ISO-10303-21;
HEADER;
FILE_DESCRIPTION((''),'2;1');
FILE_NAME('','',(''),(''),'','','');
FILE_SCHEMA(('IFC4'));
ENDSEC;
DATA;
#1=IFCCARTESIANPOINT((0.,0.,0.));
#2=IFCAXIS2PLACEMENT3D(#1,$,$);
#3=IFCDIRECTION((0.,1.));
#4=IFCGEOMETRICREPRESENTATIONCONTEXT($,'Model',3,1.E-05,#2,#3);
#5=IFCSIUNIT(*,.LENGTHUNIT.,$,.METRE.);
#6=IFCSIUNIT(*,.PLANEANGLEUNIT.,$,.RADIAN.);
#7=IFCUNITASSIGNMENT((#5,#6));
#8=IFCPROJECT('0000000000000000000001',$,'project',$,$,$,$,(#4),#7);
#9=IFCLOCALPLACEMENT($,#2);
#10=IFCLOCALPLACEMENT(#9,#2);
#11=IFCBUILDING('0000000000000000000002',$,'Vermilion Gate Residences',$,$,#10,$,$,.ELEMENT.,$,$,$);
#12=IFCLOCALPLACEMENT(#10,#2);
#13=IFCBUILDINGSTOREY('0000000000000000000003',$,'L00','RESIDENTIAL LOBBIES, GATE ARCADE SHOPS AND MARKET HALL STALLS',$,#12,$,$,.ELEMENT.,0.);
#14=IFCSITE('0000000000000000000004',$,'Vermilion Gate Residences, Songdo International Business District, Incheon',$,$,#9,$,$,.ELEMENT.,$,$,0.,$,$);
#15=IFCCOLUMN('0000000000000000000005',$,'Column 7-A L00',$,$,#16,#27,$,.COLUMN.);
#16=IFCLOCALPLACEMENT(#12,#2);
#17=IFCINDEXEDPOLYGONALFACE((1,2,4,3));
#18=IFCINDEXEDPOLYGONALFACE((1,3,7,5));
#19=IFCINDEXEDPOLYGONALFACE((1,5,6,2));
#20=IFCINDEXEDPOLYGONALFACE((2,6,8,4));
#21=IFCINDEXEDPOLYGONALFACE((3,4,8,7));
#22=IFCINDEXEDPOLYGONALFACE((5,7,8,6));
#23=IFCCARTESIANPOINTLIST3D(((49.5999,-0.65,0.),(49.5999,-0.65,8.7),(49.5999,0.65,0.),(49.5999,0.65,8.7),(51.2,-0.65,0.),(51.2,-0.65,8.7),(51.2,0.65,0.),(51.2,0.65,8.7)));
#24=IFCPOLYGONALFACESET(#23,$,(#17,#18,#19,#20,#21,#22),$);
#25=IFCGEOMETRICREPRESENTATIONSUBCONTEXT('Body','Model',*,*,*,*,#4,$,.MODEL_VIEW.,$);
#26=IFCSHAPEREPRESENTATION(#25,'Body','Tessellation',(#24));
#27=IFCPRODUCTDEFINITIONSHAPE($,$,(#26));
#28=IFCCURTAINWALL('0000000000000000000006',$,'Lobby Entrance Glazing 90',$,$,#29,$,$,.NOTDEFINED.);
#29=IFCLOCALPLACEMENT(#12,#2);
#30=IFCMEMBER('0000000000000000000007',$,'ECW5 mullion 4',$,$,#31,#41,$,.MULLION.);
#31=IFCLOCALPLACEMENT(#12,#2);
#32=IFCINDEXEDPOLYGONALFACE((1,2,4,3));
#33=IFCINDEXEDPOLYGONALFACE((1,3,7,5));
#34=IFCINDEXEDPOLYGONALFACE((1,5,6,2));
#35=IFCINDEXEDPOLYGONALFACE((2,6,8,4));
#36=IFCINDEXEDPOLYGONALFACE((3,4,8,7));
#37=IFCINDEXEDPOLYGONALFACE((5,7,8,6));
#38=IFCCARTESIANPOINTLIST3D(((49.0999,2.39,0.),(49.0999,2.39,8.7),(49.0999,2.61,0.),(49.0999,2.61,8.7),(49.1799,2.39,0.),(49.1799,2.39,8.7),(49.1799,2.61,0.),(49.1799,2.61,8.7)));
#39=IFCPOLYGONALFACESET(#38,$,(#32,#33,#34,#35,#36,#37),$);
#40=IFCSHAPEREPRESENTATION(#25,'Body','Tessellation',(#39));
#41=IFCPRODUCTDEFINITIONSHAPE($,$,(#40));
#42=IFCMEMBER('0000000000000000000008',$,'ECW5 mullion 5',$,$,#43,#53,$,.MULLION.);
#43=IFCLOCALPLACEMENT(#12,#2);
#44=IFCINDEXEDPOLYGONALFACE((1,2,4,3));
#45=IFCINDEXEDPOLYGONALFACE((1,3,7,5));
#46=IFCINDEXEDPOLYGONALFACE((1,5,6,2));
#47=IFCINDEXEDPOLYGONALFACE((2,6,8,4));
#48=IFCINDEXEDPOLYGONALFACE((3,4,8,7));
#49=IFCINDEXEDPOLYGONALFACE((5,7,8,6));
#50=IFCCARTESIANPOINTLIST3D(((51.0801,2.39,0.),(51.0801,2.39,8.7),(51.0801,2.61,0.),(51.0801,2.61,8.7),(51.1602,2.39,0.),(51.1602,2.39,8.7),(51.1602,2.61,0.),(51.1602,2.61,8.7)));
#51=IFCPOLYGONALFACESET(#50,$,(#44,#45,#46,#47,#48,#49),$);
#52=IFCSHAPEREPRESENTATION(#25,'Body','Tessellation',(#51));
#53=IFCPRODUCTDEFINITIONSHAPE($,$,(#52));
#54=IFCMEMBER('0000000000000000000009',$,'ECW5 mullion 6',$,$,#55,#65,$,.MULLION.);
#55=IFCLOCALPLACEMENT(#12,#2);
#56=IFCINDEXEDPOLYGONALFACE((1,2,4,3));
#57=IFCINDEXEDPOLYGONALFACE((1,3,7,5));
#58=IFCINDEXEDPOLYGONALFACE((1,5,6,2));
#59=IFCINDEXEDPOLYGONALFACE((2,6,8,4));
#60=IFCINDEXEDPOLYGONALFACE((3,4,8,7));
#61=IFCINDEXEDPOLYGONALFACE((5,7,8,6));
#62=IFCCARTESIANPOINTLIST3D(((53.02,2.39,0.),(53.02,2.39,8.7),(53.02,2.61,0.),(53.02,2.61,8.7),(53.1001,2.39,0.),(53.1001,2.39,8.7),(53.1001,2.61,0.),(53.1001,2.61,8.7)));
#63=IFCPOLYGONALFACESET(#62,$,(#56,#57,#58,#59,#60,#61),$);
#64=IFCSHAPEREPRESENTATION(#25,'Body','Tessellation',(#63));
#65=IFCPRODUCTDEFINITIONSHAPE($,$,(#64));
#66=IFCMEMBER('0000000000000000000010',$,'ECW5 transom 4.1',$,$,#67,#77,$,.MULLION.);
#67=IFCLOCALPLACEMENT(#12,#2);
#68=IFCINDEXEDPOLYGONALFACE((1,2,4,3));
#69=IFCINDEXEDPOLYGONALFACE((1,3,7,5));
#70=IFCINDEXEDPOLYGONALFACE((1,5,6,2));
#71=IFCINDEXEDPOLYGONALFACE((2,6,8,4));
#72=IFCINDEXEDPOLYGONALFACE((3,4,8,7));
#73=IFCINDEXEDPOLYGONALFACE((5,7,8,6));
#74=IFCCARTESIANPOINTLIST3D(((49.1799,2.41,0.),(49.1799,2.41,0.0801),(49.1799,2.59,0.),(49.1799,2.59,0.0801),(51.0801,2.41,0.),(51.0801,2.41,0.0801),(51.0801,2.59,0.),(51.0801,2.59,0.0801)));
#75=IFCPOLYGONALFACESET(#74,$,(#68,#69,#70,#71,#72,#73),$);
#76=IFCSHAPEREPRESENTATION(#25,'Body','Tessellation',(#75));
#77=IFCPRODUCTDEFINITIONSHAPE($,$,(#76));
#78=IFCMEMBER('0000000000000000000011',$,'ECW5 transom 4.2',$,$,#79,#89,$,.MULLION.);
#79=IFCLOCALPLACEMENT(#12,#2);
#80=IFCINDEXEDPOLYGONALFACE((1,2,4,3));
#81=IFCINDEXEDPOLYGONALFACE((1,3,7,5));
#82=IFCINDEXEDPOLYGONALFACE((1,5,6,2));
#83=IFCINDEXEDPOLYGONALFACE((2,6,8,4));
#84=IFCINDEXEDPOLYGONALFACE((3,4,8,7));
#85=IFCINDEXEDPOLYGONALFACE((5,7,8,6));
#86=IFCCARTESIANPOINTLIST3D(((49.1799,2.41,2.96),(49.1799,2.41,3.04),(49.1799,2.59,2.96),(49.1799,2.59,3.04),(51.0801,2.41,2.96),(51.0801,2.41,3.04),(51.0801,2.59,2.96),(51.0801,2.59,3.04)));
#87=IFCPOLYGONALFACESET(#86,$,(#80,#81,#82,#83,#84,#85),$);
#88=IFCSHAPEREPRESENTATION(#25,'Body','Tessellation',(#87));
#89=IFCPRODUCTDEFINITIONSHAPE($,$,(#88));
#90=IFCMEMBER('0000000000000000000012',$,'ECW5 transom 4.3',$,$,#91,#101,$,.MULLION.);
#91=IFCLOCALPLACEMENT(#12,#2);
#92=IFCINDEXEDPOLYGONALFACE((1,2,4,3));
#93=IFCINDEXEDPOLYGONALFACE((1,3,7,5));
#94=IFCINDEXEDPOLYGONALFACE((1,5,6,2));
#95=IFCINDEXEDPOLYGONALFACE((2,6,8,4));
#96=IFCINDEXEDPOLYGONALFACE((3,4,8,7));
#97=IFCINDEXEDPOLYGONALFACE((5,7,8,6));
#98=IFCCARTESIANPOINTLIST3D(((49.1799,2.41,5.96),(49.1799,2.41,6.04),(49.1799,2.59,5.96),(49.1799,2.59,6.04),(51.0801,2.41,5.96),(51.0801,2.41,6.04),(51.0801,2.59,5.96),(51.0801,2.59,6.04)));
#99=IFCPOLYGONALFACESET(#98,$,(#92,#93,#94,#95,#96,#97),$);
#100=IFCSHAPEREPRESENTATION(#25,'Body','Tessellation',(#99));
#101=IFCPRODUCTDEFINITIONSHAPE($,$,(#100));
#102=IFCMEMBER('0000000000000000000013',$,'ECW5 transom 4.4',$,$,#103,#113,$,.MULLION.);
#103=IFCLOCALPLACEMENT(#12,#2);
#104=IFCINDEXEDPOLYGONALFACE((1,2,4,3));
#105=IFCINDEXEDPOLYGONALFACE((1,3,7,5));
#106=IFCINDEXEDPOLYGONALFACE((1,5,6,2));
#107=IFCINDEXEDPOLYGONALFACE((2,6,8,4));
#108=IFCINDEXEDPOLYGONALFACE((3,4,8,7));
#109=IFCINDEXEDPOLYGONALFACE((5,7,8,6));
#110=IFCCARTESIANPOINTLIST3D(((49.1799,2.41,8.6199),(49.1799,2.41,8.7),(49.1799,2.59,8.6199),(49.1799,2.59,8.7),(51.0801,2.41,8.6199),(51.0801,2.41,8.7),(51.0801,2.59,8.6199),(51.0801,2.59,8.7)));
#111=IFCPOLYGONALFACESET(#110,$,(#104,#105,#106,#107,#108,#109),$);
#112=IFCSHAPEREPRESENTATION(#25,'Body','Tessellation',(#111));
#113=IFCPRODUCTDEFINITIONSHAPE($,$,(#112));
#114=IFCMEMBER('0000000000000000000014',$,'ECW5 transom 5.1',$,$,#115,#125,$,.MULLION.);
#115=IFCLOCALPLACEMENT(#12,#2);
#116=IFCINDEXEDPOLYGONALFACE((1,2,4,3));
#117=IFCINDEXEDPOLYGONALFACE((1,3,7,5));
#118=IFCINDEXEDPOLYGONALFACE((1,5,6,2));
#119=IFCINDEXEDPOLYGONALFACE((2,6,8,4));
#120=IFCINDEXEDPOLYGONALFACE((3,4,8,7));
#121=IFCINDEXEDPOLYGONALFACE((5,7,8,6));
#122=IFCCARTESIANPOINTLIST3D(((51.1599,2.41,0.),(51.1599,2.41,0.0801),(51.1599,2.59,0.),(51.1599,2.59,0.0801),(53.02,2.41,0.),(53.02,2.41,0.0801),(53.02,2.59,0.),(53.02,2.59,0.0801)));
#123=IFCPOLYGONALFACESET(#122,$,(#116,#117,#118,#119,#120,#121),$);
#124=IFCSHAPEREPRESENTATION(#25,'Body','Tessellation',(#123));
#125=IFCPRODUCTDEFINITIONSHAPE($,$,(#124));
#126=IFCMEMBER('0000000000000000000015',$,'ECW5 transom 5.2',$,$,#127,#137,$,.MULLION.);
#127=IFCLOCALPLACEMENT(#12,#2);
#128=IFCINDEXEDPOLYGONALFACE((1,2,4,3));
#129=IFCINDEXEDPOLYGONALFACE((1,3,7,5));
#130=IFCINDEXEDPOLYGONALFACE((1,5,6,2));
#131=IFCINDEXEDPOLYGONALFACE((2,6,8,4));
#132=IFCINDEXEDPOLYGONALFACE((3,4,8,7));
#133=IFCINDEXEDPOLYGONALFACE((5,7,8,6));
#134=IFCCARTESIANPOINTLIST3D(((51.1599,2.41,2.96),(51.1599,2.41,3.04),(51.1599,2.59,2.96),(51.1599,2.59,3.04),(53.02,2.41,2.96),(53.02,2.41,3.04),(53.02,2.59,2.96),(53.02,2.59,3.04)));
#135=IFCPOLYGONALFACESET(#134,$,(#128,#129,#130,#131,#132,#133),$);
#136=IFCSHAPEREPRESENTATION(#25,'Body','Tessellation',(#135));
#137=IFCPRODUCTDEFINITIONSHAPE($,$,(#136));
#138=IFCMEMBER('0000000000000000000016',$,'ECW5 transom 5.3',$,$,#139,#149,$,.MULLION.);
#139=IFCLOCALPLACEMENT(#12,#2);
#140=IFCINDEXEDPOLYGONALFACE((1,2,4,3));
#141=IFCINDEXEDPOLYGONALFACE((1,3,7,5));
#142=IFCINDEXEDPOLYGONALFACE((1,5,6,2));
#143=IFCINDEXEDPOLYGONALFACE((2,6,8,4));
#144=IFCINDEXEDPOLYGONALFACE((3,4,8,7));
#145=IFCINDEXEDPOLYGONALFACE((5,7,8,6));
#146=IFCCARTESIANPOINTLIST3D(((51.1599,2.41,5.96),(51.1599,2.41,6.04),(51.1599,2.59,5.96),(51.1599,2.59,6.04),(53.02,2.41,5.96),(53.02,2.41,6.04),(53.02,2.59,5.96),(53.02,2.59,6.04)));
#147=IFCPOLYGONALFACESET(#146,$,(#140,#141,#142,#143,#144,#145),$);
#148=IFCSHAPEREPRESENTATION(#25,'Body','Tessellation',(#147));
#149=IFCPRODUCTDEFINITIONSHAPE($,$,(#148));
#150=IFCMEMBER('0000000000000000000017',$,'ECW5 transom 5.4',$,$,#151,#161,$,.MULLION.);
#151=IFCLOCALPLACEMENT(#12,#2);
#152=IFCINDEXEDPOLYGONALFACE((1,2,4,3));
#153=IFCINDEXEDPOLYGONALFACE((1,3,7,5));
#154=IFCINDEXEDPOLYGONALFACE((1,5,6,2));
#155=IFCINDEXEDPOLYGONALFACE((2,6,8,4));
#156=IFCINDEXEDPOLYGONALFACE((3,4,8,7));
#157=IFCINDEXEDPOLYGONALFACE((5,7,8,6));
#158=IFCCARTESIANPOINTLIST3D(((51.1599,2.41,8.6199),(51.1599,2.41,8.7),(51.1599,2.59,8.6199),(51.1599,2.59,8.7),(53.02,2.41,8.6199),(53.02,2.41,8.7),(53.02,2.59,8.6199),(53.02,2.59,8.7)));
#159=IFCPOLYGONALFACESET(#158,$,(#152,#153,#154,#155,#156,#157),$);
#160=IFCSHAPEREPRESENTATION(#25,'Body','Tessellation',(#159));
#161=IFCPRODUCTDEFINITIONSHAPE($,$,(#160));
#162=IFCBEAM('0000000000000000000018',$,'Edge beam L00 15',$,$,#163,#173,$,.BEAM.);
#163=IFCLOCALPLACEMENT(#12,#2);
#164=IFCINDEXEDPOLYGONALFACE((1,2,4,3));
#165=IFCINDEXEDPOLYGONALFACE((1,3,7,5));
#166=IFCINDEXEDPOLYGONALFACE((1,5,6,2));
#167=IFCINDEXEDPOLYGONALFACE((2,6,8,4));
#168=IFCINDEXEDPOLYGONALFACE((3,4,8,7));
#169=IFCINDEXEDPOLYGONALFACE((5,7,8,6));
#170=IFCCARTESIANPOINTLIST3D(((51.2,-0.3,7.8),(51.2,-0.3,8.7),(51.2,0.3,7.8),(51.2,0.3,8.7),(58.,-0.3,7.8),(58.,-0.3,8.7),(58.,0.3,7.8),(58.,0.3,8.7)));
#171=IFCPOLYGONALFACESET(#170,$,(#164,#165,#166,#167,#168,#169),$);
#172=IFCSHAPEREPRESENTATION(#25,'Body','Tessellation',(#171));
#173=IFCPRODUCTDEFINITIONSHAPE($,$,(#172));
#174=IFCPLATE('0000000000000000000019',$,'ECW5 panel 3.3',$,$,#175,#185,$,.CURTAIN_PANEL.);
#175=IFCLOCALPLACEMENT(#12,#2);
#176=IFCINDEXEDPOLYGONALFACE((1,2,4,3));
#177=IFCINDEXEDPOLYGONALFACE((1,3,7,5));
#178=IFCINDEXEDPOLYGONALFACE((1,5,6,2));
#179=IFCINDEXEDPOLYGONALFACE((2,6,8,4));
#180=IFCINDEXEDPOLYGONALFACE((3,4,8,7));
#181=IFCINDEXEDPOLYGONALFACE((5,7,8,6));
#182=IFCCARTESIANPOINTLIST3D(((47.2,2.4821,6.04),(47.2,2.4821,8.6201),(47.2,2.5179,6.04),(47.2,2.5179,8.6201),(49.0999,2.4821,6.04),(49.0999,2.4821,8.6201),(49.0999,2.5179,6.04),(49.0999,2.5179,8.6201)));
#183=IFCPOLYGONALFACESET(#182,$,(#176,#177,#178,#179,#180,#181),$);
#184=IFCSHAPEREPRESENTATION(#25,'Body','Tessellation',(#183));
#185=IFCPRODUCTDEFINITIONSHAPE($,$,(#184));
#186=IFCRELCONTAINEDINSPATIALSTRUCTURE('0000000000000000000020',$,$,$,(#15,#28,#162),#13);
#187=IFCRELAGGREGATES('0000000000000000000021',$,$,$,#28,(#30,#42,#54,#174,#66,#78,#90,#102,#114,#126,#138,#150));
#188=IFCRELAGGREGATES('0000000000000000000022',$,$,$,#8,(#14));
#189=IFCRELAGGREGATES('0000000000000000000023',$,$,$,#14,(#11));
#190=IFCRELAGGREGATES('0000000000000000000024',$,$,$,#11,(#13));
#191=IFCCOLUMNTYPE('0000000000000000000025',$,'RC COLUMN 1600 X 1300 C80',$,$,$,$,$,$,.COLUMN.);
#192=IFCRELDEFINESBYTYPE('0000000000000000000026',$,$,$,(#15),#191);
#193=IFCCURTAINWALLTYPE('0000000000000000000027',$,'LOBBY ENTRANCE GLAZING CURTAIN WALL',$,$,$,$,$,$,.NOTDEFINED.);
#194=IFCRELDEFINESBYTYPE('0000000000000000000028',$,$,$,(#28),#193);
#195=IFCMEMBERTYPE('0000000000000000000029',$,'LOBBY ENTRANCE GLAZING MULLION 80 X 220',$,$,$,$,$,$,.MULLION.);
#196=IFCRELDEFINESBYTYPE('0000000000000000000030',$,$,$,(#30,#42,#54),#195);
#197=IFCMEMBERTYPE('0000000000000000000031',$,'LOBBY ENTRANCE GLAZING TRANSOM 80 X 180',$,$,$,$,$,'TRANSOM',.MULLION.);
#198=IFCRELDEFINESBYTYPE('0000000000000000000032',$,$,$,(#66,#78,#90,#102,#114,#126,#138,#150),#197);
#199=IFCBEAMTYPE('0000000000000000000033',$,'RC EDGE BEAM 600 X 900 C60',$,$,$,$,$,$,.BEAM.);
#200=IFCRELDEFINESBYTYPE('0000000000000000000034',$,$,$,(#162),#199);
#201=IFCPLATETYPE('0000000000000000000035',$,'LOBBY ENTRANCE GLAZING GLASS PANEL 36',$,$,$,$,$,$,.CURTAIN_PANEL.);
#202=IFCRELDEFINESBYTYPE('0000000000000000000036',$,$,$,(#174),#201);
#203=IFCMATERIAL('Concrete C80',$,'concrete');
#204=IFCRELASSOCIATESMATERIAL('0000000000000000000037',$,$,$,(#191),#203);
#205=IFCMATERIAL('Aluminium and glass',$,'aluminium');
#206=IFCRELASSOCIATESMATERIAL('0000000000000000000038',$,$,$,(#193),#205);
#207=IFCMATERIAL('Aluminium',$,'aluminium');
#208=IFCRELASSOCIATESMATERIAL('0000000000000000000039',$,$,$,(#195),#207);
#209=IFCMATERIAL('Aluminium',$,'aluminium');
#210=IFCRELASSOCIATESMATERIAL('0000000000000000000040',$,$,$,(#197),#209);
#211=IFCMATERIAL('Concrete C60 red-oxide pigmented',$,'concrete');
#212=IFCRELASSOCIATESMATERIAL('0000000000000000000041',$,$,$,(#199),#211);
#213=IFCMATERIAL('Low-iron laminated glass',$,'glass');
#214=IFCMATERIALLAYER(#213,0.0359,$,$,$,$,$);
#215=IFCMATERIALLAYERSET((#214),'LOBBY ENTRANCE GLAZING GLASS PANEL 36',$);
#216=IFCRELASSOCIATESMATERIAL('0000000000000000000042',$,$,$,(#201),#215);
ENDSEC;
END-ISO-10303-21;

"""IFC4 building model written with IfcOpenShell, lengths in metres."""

from ifc_helpers import new_model, si_unit, direction, frame, origin, origin_2d, place, context, subcontext, project, spatial, rectangle, extrude, material, layer, layer_set, material_profile, profile_set, type_object, element, aggregate, save


model = new_model("IFC4")

# Units and contexts
model_context = context("Model", 3, precision=1e-05, world=origin(), true_north=direction((0.0, 1.0)))
body_context = subcontext(model_context, "Body", "Model", "MODEL_VIEW")
ifc_project = project(units=[si_unit("LENGTHUNIT", "METRE"), si_unit("PLANEANGLEUNIT", "RADIAN")], contexts=[model_context])

# Site, building, storey
site_placement = place(None, origin())
site = spatial("IfcSite", under=ifc_project, at=site_placement, Name="Vermilion Gate Residences, Songdo International Business District, Incheon", CompositionType="ELEMENT", RefElevation=0.0)
building_placement = place(site_placement, origin())
building = spatial("IfcBuilding", under=site, at=building_placement, Name="Vermilion Gate Residences", CompositionType="ELEMENT")
storey_placement = place(building_placement, origin())
storey = spatial("IfcBuildingStorey", under=building, at=storey_placement, Name="L00", Description="RESIDENTIAL LOBBIES, GATE ARCADE SHOPS AND MARKET HALL STALLS", CompositionType="ELEMENT", Elevation=0.0)

# Column
ifc_material_1 = material(Name="Concrete C80", Category="concrete")
ifc_material_profile_1 = material_profile(ifc_material_1, rectangle(XDim=1.6001, YDim=1.3, at=origin_2d()), Name="RC-1600x1300")
ifc_profile_set_1 = profile_set([ifc_material_profile_1], Name="Concrete C80")
column_type = type_object("IfcColumnType", Name="RC COLUMN 1600 X 1300 C80", PredefinedType="COLUMN", material=ifc_profile_set_1)
column_placement = place(storey_placement, frame((50.3999, 0.0, 0.0), z_axis=(0.0, 0.0, 1.0), x_axis=(1.0, 0.0, 0.0)))
element("IfcColumn", 1, at=column_placement, inside=storey, type_object=column_type, Name="Column 7-A L00", PredefinedType="COLUMN", context=body_context, shape_type="SweptSolid", body=[
    extrude(rectangle(XDim=1.6001, YDim=1.3, at=origin_2d()), origin(), (0.0, 0.0, 1.0), 8.7),
])

# Curtain wall, members
ifc_material_2 = material(Name="Aluminium and glass", Category="aluminium")
curtain_wall_type = type_object("IfcCurtainWallType", Name="LOBBY ENTRANCE GLAZING CURTAIN WALL", PredefinedType="NOTDEFINED", material=ifc_material_2)
curtain_wall_placement = place(storey_placement, origin())
curtain_wall = element("IfcCurtainWall", 2, at=curtain_wall_placement, inside=storey, type_object=curtain_wall_type, Name="Lobby Entrance Glazing 90", PredefinedType="NOTDEFINED")
ifc_material_3 = material(Name="Aluminium", Category="aluminium")
ifc_material_profile_2 = material_profile(ifc_material_3, rectangle(XDim=0.22, YDim=0.0801, at=origin_2d()), Name="MULLION 80 X 220")
ifc_profile_set_2 = profile_set([ifc_material_profile_2], Name="Aluminium")
member_type_1 = type_object("IfcMemberType", Name="LOBBY ENTRANCE GLAZING MULLION 80 X 220", PredefinedType="MULLION", material=ifc_profile_set_2)
member_1_placement = place(storey_placement, frame((49.1399, 2.5, 0.0), z_axis=(0.0, 0.0, 1.0), x_axis=(0.0, 1.0, 0.0)))
member_1 = element("IfcMember", 3, at=member_1_placement, type_object=member_type_1, Name="ECW5 mullion 4", PredefinedType="MULLION", context=body_context, shape_type="SweptSolid", body=[
    extrude(rectangle(XDim=0.22, YDim=0.0801, at=origin_2d()), origin(), (0.0, 0.0, 1.0), 8.7),
])
member_2_placement = place(storey_placement, frame((51.1201, 2.5, 0.0), z_axis=(0.0, 0.0, 1.0), x_axis=(0.0, 1.0, 0.0)))
member_2 = element("IfcMember", 4, at=member_2_placement, type_object=member_type_1, Name="ECW5 mullion 5", PredefinedType="MULLION", context=body_context, shape_type="SweptSolid", body=[
    extrude(rectangle(XDim=0.22, YDim=0.0801, at=origin_2d()), origin(), (0.0, 0.0, 1.0), 8.7),
])
member_3_placement = place(storey_placement, frame((53.0601, 2.5, 0.0), z_axis=(0.0, 0.0, 1.0), x_axis=(0.0, 1.0, 0.0)))
member_3 = element("IfcMember", 5, at=member_3_placement, type_object=member_type_1, Name="ECW5 mullion 6", PredefinedType="MULLION", context=body_context, shape_type="SweptSolid", body=[
    extrude(rectangle(XDim=0.22, YDim=0.0801, at=origin_2d()), origin(), (0.0, 0.0, 1.0), 8.7),
])
ifc_material_4 = material(Name="Aluminium", Category="aluminium")
ifc_material_profile_3 = material_profile(ifc_material_4, rectangle(XDim=0.1799, YDim=0.0801, at=origin_2d()), Name="TRANSOM 80 X 180")
ifc_profile_set_3 = profile_set([ifc_material_profile_3], Name="Aluminium")
member_type_2 = type_object("IfcMemberType", Name="LOBBY ENTRANCE GLAZING TRANSOM 80 X 180", ElementType="TRANSOM", PredefinedType="MULLION", material=ifc_profile_set_3)
member_4_placement = place(storey_placement, frame((49.1799, 2.5, 0.04), z_axis=(1.0, 0.0, 0.0), x_axis=(0.0, 1.0, 0.0)))
member_4 = element("IfcMember", 6, at=member_4_placement, type_object=member_type_2, Name="ECW5 transom 4.1", PredefinedType="MULLION", context=body_context, shape_type="SweptSolid", body=[
    extrude(rectangle(XDim=0.1799, YDim=0.0801, at=origin_2d()), origin(), (0.0, 0.0, 1.0), 1.9001),
])
member_5_placement = place(storey_placement, frame((49.1799, 2.5, 3.0), z_axis=(1.0, 0.0, 0.0), x_axis=(0.0, 1.0, 0.0)))
member_5 = element("IfcMember", 7, at=member_5_placement, type_object=member_type_2, Name="ECW5 transom 4.2", PredefinedType="MULLION", context=body_context, shape_type="SweptSolid", body=[
    extrude(rectangle(XDim=0.1799, YDim=0.0801, at=origin_2d()), origin(), (0.0, 0.0, 1.0), 1.9001),
])
member_6_placement = place(storey_placement, frame((49.1799, 2.5, 6.0), z_axis=(1.0, 0.0, 0.0), x_axis=(0.0, 1.0, 0.0)))
member_6 = element("IfcMember", 8, at=member_6_placement, type_object=member_type_2, Name="ECW5 transom 4.3", PredefinedType="MULLION", context=body_context, shape_type="SweptSolid", body=[
    extrude(rectangle(XDim=0.1799, YDim=0.0801, at=origin_2d()), origin(), (0.0, 0.0, 1.0), 1.9001),
])
member_7_placement = place(storey_placement, frame((49.1799, 2.5, 8.6599), z_axis=(1.0, 0.0, 0.0), x_axis=(0.0, 1.0, 0.0)))
member_7 = element("IfcMember", 9, at=member_7_placement, type_object=member_type_2, Name="ECW5 transom 4.4", PredefinedType="MULLION", context=body_context, shape_type="SweptSolid", body=[
    extrude(rectangle(XDim=0.1799, YDim=0.0801, at=origin_2d()), origin(), (0.0, 0.0, 1.0), 1.9001),
])
member_8_placement = place(storey_placement, frame((51.1599, 2.5, 0.04), z_axis=(1.0, 0.0, 0.0), x_axis=(0.0, 1.0, 0.0)))
member_8 = element("IfcMember", 10, at=member_8_placement, type_object=member_type_2, Name="ECW5 transom 5.1", PredefinedType="MULLION", context=body_context, shape_type="SweptSolid", body=[
    extrude(rectangle(XDim=0.1799, YDim=0.0801, at=origin_2d()), origin(), (0.0, 0.0, 1.0), 1.8601),
])
member_9_placement = place(storey_placement, frame((51.1599, 2.5, 3.0), z_axis=(1.0, 0.0, 0.0), x_axis=(0.0, 1.0, 0.0)))
member_9 = element("IfcMember", 11, at=member_9_placement, type_object=member_type_2, Name="ECW5 transom 5.2", PredefinedType="MULLION", context=body_context, shape_type="SweptSolid", body=[
    extrude(rectangle(XDim=0.1799, YDim=0.0801, at=origin_2d()), origin(), (0.0, 0.0, 1.0), 1.8601),
])
member_10_placement = place(storey_placement, frame((51.1599, 2.5, 6.0), z_axis=(1.0, 0.0, 0.0), x_axis=(0.0, 1.0, 0.0)))
member_10 = element("IfcMember", 12, at=member_10_placement, type_object=member_type_2, Name="ECW5 transom 5.3", PredefinedType="MULLION", context=body_context, shape_type="SweptSolid", body=[
    extrude(rectangle(XDim=0.1799, YDim=0.0801, at=origin_2d()), origin(), (0.0, 0.0, 1.0), 1.8601),
])
member_11_placement = place(storey_placement, frame((51.1599, 2.5, 8.6599), z_axis=(1.0, 0.0, 0.0), x_axis=(0.0, 1.0, 0.0)))
member_11 = element("IfcMember", 13, at=member_11_placement, type_object=member_type_2, Name="ECW5 transom 5.4", PredefinedType="MULLION", context=body_context, shape_type="SweptSolid", body=[
    extrude(rectangle(XDim=0.1799, YDim=0.0801, at=origin_2d()), origin(), (0.0, 0.0, 1.0), 1.8601),
])

# Beam
ifc_material_5 = material(Name="Concrete C60 red-oxide pigmented", Category="concrete")
ifc_material_profile_4 = material_profile(ifc_material_5, rectangle(XDim=0.6001, YDim=0.8999, at=origin_2d()), Name="RC-600x900")
ifc_profile_set_4 = profile_set([ifc_material_profile_4], Name="Concrete C60 red-oxide pigmented")
beam_type = type_object("IfcBeamType", Name="RC EDGE BEAM 600 X 900 C60", PredefinedType="BEAM", material=ifc_profile_set_4)
beam_placement = place(storey_placement, frame((51.2, 0.0, 8.25), z_axis=(1.0, 0.0, 0.0), x_axis=(0.0, 1.0, 0.0)))
element("IfcBeam", 14, at=beam_placement, inside=storey, type_object=beam_type, Name="Edge beam L00 15", PredefinedType="BEAM", context=body_context, shape_type="SweptSolid", body=[
    extrude(rectangle(XDim=0.6001, YDim=0.8999, at=origin_2d()), origin(), (0.0, 0.0, 1.0), 6.8),
])

# Plate
ifc_material_6 = material(Name="Low-iron laminated glass", Category="glass")
ifc_layer_1 = layer(ifc_material_6, 0.0359)
ifc_layer_set_1 = layer_set([ifc_layer_1], Name="LOBBY ENTRANCE GLAZING GLASS PANEL 36")
plate_type = type_object("IfcPlateType", Name="LOBBY ENTRANCE GLAZING GLASS PANEL 36", PredefinedType="CURTAIN_PANEL", material=ifc_layer_set_1)
plate_1_placement = place(storey_placement, frame((48.1499, 2.5, 6.04), z_axis=(0.0, 0.0, 1.0), x_axis=(1.0, 0.0, 0.0)))
plate_1 = element("IfcPlate", 15, at=plate_1_placement, type_object=plate_type, Name="ECW5 panel 3.3", PredefinedType="CURTAIN_PANEL", context=body_context, shape_type="SweptSolid", body=[
    extrude(rectangle(XDim=1.8999, YDim=0.0359, at=origin_2d()), origin(), (0.0, 0.0, 1.0), 2.5801),
])
aggregate(curtain_wall, [member_1, member_2, member_3, plate_1, member_4, member_5, member_6, member_7, member_8, member_9, member_10, member_11])

save(model, "model.ifc")
